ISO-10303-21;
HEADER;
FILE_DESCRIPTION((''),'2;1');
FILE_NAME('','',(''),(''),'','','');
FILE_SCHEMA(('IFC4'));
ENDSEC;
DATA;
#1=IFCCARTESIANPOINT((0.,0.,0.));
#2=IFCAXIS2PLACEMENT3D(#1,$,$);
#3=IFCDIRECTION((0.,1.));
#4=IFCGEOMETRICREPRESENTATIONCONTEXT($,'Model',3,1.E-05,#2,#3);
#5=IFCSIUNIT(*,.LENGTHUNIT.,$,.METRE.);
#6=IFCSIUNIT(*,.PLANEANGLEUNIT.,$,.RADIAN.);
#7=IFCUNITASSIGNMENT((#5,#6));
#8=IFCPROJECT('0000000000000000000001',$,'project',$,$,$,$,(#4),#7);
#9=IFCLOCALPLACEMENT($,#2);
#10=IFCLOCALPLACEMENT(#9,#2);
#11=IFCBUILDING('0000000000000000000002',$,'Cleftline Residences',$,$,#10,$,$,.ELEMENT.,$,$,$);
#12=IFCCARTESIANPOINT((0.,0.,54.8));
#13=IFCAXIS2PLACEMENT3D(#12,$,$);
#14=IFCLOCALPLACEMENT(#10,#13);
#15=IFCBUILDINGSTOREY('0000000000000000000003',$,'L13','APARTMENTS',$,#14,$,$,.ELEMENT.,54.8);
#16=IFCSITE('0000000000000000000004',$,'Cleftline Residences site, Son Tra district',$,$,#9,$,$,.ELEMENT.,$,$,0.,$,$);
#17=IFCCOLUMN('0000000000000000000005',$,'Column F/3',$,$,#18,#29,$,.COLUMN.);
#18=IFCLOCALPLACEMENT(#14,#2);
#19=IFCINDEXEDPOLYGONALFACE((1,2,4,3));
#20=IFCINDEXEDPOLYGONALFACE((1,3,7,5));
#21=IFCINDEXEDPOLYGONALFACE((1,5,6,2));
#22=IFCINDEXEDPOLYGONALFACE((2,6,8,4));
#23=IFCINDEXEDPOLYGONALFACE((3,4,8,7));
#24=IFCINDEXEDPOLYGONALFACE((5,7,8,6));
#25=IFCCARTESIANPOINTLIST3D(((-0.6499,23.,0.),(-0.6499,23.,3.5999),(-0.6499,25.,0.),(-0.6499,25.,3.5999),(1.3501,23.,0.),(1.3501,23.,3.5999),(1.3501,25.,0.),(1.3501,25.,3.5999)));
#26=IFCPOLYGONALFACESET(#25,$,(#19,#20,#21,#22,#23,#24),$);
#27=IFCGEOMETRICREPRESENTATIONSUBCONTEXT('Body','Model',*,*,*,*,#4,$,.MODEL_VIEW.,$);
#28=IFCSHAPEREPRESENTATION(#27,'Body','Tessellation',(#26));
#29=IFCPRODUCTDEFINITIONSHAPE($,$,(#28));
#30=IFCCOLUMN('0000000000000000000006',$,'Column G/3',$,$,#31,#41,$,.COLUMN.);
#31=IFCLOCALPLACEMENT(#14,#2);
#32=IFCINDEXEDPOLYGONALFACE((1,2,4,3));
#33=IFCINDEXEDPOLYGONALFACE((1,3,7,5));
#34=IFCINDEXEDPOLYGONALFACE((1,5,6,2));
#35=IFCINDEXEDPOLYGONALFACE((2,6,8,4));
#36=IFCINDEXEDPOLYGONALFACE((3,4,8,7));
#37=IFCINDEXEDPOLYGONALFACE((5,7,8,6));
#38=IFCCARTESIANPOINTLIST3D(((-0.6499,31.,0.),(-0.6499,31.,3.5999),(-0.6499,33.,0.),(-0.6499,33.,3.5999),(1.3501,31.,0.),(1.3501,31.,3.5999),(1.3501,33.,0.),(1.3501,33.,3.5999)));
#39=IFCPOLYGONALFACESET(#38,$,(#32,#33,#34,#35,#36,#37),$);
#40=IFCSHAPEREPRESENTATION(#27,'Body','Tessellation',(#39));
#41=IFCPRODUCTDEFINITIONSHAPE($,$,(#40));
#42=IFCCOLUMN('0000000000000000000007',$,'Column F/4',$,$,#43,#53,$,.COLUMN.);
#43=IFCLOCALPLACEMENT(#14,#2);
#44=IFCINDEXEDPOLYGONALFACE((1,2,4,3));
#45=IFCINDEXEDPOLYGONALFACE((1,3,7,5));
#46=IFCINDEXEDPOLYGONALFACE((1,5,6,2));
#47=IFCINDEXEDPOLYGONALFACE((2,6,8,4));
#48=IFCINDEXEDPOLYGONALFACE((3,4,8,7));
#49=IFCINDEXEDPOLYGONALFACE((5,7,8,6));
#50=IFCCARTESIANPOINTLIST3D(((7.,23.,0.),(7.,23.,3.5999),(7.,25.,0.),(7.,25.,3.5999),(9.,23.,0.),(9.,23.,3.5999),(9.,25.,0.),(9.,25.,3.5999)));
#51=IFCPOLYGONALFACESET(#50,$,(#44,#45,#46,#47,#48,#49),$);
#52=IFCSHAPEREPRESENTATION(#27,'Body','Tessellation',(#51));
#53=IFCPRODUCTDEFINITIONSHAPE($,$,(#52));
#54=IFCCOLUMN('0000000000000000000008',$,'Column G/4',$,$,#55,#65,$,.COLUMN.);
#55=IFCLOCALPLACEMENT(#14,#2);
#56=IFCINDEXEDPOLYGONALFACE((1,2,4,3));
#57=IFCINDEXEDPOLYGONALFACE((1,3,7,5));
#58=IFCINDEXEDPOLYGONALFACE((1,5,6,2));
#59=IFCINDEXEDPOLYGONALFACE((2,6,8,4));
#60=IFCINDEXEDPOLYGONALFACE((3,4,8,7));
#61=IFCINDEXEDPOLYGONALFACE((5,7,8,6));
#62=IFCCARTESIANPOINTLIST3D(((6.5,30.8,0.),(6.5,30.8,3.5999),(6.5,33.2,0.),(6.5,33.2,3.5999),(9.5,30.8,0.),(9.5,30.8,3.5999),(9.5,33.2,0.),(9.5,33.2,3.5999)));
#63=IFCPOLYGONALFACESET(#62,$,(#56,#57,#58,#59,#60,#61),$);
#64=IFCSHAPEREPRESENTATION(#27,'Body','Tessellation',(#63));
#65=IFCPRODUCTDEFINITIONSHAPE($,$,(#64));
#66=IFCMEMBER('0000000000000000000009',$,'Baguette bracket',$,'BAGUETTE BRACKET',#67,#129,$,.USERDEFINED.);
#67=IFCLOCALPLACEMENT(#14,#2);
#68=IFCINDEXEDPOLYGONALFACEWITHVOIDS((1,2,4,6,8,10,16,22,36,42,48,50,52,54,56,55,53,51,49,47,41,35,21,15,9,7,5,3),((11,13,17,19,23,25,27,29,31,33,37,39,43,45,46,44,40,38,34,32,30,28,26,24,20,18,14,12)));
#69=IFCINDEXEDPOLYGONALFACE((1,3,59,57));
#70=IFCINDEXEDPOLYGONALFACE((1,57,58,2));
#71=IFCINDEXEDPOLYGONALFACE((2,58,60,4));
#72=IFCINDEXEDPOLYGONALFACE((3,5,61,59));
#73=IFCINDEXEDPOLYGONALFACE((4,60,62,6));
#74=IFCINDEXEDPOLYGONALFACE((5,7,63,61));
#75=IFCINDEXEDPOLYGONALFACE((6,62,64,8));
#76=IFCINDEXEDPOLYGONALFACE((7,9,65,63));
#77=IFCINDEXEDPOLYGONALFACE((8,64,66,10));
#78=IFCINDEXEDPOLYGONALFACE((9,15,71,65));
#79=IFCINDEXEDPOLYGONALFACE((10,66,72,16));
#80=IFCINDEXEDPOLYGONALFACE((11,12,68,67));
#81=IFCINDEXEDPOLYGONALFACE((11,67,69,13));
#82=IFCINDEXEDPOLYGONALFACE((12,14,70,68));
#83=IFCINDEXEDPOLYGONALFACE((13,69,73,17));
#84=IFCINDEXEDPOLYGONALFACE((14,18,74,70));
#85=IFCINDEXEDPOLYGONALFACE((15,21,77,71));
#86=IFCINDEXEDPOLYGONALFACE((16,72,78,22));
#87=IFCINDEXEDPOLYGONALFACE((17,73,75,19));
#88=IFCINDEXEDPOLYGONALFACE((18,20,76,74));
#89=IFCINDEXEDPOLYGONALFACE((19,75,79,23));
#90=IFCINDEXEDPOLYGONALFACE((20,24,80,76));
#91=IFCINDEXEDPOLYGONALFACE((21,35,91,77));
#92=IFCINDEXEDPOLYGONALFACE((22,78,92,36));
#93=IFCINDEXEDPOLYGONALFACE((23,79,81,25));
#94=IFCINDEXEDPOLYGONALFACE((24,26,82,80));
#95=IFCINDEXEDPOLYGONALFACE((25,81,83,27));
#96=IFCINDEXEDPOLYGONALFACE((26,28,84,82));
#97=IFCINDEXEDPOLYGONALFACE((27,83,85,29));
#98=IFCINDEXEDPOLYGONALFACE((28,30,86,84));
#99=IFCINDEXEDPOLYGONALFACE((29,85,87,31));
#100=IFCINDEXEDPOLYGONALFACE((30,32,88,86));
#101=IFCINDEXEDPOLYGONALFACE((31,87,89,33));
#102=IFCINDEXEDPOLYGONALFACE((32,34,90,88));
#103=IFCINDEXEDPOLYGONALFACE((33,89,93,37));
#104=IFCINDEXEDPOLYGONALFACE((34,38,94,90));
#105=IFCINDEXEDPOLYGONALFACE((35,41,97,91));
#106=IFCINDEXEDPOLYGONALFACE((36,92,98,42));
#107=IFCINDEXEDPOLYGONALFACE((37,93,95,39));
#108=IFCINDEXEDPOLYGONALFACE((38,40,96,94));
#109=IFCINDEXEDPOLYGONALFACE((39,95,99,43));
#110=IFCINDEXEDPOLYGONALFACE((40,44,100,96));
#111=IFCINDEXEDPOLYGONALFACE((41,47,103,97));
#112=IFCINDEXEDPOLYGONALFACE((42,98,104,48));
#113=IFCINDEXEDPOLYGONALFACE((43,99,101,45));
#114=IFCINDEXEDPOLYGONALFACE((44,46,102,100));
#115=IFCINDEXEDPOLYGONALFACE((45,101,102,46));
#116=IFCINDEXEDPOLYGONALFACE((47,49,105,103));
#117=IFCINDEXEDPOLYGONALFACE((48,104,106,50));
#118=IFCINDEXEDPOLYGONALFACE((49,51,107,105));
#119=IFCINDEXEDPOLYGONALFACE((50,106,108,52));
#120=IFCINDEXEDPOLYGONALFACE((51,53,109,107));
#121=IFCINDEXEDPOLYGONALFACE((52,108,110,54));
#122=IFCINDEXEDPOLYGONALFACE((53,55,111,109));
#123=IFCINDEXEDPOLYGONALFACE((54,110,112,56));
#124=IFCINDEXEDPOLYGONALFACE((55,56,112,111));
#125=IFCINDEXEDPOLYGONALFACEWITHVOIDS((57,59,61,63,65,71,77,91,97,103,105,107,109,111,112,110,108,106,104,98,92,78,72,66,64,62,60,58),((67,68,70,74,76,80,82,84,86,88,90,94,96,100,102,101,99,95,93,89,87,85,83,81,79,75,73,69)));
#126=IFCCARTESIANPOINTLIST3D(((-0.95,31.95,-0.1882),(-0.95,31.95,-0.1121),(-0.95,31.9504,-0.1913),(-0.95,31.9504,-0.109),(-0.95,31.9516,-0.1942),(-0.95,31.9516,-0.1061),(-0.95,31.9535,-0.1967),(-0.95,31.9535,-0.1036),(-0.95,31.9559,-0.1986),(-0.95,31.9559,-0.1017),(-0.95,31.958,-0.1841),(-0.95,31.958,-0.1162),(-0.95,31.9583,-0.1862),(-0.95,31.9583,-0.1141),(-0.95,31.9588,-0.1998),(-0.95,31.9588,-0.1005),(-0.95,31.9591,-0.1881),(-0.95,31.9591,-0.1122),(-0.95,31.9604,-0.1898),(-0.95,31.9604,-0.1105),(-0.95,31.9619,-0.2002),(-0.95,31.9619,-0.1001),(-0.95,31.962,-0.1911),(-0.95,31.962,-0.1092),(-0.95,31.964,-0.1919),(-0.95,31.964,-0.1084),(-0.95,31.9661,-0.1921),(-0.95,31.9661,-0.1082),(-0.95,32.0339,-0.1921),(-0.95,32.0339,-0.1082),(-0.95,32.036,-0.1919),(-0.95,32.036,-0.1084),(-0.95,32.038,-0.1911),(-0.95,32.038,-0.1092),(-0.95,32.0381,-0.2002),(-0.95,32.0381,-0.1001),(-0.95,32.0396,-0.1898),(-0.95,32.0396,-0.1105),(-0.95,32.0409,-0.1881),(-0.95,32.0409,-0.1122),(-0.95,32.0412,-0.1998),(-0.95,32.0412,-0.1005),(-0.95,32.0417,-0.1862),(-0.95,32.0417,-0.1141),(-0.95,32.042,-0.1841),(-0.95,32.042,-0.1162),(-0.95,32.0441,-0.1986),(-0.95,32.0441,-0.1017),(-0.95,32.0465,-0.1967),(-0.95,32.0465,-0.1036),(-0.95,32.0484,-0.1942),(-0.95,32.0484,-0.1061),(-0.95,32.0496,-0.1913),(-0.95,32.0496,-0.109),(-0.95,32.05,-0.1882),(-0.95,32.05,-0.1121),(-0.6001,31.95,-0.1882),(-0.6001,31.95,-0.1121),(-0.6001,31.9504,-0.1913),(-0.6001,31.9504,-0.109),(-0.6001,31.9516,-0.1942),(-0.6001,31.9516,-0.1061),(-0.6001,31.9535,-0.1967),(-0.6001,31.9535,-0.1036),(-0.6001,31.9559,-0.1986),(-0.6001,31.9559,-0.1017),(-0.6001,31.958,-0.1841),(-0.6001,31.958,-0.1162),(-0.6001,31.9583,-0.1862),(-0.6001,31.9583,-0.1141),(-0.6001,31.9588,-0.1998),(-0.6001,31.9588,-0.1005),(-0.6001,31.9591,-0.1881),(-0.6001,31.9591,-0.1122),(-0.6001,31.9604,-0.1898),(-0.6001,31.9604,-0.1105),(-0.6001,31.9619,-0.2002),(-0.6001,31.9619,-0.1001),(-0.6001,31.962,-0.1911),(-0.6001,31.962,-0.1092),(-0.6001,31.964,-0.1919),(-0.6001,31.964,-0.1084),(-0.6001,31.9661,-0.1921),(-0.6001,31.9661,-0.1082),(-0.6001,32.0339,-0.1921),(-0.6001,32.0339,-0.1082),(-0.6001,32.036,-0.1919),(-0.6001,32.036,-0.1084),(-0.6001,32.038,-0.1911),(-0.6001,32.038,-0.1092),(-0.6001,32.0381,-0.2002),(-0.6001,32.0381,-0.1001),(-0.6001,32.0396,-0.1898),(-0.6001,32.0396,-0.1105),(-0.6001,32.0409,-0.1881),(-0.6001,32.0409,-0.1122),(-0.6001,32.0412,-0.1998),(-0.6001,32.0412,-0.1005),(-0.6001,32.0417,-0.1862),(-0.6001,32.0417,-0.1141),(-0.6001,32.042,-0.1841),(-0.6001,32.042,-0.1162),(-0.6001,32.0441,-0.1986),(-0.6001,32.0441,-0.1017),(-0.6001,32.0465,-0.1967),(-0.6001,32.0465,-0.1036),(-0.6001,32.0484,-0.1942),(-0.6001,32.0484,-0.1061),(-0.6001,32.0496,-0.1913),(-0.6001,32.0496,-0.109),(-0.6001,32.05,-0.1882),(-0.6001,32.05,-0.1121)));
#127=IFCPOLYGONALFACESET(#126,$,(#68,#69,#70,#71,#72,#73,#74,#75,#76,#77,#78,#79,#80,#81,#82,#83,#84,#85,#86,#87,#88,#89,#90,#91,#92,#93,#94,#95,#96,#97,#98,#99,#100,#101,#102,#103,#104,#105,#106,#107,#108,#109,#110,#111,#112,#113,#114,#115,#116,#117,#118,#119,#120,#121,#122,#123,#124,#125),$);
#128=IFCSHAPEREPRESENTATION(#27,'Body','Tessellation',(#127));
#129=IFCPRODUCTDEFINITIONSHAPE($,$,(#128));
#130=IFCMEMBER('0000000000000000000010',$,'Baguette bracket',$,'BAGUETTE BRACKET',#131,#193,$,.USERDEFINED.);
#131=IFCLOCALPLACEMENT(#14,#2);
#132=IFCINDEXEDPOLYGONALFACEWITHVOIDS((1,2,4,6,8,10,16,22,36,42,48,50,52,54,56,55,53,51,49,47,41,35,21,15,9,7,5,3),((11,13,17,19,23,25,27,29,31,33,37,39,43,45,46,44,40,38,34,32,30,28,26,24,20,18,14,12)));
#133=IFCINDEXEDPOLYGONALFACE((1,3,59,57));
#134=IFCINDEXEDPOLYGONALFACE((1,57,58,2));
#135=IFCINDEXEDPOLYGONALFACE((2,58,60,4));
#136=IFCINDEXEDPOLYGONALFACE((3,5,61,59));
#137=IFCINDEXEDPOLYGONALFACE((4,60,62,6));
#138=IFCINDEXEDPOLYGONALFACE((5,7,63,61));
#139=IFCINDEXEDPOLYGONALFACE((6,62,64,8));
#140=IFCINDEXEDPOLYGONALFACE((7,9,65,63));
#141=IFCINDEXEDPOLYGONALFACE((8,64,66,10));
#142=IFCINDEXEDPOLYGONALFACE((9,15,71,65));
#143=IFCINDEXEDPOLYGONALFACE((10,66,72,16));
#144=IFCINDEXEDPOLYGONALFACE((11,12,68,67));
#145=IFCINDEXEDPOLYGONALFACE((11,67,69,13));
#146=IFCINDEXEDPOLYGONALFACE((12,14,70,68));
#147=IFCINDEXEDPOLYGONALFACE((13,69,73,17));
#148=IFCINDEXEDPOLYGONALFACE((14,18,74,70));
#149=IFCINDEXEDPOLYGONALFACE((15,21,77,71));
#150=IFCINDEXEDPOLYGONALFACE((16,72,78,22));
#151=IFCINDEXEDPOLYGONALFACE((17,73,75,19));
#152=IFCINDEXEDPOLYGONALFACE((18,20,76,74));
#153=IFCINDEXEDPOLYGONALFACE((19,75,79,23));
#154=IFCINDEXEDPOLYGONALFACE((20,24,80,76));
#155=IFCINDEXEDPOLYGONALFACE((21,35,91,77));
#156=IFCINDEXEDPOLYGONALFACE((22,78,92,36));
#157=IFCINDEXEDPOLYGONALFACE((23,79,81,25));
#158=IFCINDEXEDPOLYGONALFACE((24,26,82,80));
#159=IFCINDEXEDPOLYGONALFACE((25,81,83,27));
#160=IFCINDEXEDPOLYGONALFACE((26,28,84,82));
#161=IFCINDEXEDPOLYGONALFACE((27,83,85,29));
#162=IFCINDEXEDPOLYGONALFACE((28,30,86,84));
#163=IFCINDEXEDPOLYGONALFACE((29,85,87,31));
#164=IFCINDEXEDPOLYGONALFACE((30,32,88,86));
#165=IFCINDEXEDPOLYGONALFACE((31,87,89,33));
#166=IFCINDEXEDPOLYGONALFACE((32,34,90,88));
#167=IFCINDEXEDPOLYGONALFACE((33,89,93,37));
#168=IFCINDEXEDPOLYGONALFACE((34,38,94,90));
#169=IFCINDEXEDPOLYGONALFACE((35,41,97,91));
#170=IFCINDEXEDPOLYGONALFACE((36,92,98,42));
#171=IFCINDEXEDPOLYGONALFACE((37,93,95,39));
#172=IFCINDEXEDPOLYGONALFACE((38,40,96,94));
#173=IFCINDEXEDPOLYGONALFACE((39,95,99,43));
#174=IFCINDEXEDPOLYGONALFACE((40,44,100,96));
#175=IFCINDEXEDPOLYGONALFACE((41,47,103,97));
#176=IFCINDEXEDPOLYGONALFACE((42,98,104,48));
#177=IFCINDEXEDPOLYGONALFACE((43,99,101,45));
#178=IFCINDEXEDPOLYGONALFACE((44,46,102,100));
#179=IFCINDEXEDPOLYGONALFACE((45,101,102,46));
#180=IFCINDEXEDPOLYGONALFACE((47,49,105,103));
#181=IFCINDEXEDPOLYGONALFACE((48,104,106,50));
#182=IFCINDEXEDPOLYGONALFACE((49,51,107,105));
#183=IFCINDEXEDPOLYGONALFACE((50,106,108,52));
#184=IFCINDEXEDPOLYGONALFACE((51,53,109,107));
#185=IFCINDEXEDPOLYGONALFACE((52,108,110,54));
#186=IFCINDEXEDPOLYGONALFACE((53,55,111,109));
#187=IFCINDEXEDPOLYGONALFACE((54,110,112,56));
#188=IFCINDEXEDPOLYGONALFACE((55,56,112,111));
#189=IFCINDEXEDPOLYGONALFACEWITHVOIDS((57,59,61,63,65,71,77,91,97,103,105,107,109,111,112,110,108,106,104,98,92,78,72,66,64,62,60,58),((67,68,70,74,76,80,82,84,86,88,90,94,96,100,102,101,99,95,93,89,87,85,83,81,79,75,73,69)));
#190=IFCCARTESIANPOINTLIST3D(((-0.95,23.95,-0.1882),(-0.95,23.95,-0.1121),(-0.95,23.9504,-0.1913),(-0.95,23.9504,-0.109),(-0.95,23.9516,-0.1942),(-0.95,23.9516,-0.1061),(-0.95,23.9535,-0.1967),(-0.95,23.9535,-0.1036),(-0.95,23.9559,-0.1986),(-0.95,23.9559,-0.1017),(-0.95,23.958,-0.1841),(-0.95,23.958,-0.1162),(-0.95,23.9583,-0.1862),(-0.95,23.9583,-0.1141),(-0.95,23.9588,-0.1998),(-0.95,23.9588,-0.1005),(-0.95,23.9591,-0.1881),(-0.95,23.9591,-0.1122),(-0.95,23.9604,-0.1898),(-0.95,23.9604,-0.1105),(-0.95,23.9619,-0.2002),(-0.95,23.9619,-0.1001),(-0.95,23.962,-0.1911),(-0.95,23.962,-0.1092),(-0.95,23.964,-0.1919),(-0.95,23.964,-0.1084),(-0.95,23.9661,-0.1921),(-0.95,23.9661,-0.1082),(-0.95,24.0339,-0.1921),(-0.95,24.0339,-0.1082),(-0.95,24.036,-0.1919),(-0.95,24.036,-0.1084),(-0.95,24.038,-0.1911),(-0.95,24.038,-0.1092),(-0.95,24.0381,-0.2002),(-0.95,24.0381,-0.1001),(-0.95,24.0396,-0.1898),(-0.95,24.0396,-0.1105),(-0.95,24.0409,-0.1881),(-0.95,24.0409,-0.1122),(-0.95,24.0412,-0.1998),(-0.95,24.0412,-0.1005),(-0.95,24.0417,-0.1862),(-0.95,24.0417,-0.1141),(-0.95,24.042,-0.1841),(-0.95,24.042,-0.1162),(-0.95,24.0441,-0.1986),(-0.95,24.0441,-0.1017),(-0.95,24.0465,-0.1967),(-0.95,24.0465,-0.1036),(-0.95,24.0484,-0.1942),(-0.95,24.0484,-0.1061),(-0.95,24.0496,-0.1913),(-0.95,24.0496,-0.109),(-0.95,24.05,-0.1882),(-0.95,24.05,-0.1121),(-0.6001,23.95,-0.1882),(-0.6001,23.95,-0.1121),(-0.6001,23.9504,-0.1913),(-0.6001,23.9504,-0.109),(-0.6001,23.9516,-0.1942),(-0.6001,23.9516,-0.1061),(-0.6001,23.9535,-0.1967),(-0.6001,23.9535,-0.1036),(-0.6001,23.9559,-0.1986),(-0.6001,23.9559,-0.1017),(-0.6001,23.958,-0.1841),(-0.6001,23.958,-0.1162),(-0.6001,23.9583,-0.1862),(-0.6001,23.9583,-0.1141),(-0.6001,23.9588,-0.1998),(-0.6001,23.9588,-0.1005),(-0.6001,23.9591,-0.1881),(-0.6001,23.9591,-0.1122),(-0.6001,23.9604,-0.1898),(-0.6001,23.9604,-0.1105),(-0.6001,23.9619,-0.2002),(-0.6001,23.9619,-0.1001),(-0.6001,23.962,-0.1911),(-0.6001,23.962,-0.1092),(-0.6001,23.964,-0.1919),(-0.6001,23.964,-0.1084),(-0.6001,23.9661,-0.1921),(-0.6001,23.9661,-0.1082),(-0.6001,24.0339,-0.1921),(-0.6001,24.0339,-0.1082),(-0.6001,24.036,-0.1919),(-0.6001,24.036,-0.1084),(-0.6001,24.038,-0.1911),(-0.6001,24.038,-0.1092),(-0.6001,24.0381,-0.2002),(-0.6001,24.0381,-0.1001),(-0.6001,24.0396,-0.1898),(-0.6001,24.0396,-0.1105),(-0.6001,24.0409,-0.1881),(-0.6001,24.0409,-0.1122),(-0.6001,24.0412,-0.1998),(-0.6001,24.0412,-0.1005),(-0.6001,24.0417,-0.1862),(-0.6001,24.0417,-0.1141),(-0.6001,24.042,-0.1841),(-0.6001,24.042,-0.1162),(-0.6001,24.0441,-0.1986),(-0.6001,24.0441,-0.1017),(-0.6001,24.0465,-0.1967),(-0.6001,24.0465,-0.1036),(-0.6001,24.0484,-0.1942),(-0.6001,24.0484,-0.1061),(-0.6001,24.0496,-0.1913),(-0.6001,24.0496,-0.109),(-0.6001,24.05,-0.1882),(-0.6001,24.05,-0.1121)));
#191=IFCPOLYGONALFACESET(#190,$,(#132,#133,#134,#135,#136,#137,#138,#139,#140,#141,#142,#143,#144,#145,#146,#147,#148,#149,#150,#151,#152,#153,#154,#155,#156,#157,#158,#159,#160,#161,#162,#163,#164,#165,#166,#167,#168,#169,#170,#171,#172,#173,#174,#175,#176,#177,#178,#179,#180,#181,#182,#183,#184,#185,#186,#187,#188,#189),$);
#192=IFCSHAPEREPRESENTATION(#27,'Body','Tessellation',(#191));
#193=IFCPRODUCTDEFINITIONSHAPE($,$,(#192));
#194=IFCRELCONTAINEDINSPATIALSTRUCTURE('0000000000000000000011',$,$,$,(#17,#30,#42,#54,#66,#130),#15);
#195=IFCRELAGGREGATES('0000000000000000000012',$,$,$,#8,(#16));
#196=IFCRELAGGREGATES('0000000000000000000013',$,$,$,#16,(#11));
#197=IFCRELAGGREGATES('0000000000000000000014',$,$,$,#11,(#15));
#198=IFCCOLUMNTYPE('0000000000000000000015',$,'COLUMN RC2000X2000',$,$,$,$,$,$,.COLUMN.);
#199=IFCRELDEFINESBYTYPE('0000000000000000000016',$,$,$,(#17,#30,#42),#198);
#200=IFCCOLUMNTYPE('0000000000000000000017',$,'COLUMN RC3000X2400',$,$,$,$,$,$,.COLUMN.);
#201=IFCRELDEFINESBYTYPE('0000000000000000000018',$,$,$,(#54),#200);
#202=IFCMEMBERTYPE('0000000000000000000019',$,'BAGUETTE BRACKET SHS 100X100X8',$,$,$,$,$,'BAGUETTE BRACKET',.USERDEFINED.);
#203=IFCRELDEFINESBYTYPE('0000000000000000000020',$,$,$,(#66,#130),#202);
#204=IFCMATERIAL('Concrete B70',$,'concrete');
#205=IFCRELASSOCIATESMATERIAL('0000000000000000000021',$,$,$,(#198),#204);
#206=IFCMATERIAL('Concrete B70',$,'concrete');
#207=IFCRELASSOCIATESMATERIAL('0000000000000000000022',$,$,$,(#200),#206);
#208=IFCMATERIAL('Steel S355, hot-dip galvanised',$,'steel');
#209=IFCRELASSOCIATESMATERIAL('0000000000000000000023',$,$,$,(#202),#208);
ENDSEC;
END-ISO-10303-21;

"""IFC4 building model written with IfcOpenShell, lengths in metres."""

from ifc_helpers import new_model, si_unit, direction, frame, origin, origin_2d, place, context, subcontext, project, spatial, rectangle, hollow_rectangle, extrude, material, material_profile, profile_set, type_object, element, save


model = new_model("IFC4")

# Units and contexts
model_context = context("Model", 3, precision=1e-05, world=origin(), true_north=direction((0.0, 1.0)))
body_context = subcontext(model_context, "Body", "Model", "MODEL_VIEW")
ifc_project = project(units=[si_unit("LENGTHUNIT", "METRE"), si_unit("PLANEANGLEUNIT", "RADIAN")], contexts=[model_context])

# Site, building, storey
site_placement = place(None, origin())
site = spatial("IfcSite", under=ifc_project, at=site_placement, Name="Cleftline Residences site, Son Tra district", CompositionType="ELEMENT", RefElevation=0.0)
building_placement = place(site_placement, origin())
building = spatial("IfcBuilding", under=site, at=building_placement, Name="Cleftline Residences", CompositionType="ELEMENT")
storey_placement = place(building_placement, frame((0.0, 0.0, 54.8)))
storey = spatial("IfcBuildingStorey", under=building, at=storey_placement, Name="L13", Description="APARTMENTS", CompositionType="ELEMENT", Elevation=54.8)

# Columns
ifc_material_1 = material(Name="Concrete B70", Category="concrete")
ifc_material_profile_1 = material_profile(ifc_material_1, rectangle(XDim=2.0, YDim=2.0, at=origin_2d()))
ifc_profile_set_1 = profile_set([ifc_material_profile_1], Name="Concrete B70")
column_type_1 = type_object("IfcColumnType", Name="COLUMN RC2000X2000", PredefinedType="COLUMN", material=ifc_profile_set_1)
for number, where, z_axis, x_axis, name in (
    (1, (0.3501, 24.0, 0.0), (0.0, 0.0, 1.0), (1.0, 0.0, 0.0), "Column F/3"),
    (2, (0.3501, 32.0, 0.0), (0.0, 0.0, 1.0), (1.0, 0.0, 0.0), "Column G/3"),
    (3, (8.0, 24.0, 0.0), (0.0, 0.0, 1.0), (1.0, 0.0, 0.0), "Column F/4"),
):
    element("IfcColumn", number, at=place(storey_placement, frame(where, z_axis=z_axis, x_axis=x_axis)), inside=storey, type_object=column_type_1, Name=name, PredefinedType="COLUMN", context=body_context, shape_type="SweptSolid", body=[
        extrude(rectangle(XDim=2.0, YDim=2.0, at=origin_2d()), origin(), (0.0, 0.0, 1.0), 3.5999),
    ])
ifc_material_2 = material(Name="Concrete B70", Category="concrete")
ifc_material_profile_2 = material_profile(ifc_material_2, rectangle(XDim=3.0, YDim=2.3999, at=origin_2d()))
ifc_profile_set_2 = profile_set([ifc_material_profile_2], Name="Concrete B70")
column_type_2 = type_object("IfcColumnType", Name="COLUMN RC3000X2400", PredefinedType="COLUMN", material=ifc_profile_set_2)
column_placement = place(storey_placement, frame((8.0, 32.0, 0.0), z_axis=(0.0, 0.0, 1.0), x_axis=(1.0, 0.0, 0.0)))
element("IfcColumn", 4, at=column_placement, inside=storey, type_object=column_type_2, Name="Column G/4", PredefinedType="COLUMN", context=body_context, shape_type="SweptSolid", body=[
    extrude(rectangle(XDim=3.0, YDim=2.3999, at=origin_2d()), origin(), (0.0, 0.0, 1.0), 3.5999),
])

# Members
ifc_material_3 = material(Name="Steel S355, hot-dip galvanised", Category="steel")
ifc_material_profile_3 = material_profile(ifc_material_3, hollow_rectangle(XDim=0.1001, YDim=0.1001, WallThickness=0.0081, InnerFilletRadius=0.0081, OuterFilletRadius=0.012, at=origin_2d()))
ifc_profile_set_3 = profile_set([ifc_material_profile_3], Name="Steel S355, hot-dip galvanised")
member_type_1 = type_object("IfcMemberType", Name="BAGUETTE BRACKET SHS 100X100X8", ElementType="BAGUETTE BRACKET", PredefinedType="USERDEFINED", material=ifc_profile_set_3)
for number, where, z_axis, x_axis, name in (
    (5, (-0.6001, 32.0, -0.1501), (-1.0, 0.0, 0.0), (0.0, -1.0, 0.0), "Baguette bracket"),
    (6, (-0.6001, 24.0, -0.1501), (-1.0, 0.0, 0.0), (0.0, -1.0, 0.0), "Baguette bracket"),
):
    element("IfcMember", number, at=place(storey_placement, frame(where, z_axis=z_axis, x_axis=x_axis)), inside=storey, type_object=member_type_1, Name=name, ObjectType="BAGUETTE BRACKET", PredefinedType="USERDEFINED", context=body_context, shape_type="SweptSolid", body=[
        extrude(hollow_rectangle(XDim=0.1001, YDim=0.1001, WallThickness=0.0081, InnerFilletRadius=0.0081, OuterFilletRadius=0.012, at=origin_2d()), origin(), (0.0, 0.0, 1.0), 0.3499),
    ])

save(model, "model.ifc")
